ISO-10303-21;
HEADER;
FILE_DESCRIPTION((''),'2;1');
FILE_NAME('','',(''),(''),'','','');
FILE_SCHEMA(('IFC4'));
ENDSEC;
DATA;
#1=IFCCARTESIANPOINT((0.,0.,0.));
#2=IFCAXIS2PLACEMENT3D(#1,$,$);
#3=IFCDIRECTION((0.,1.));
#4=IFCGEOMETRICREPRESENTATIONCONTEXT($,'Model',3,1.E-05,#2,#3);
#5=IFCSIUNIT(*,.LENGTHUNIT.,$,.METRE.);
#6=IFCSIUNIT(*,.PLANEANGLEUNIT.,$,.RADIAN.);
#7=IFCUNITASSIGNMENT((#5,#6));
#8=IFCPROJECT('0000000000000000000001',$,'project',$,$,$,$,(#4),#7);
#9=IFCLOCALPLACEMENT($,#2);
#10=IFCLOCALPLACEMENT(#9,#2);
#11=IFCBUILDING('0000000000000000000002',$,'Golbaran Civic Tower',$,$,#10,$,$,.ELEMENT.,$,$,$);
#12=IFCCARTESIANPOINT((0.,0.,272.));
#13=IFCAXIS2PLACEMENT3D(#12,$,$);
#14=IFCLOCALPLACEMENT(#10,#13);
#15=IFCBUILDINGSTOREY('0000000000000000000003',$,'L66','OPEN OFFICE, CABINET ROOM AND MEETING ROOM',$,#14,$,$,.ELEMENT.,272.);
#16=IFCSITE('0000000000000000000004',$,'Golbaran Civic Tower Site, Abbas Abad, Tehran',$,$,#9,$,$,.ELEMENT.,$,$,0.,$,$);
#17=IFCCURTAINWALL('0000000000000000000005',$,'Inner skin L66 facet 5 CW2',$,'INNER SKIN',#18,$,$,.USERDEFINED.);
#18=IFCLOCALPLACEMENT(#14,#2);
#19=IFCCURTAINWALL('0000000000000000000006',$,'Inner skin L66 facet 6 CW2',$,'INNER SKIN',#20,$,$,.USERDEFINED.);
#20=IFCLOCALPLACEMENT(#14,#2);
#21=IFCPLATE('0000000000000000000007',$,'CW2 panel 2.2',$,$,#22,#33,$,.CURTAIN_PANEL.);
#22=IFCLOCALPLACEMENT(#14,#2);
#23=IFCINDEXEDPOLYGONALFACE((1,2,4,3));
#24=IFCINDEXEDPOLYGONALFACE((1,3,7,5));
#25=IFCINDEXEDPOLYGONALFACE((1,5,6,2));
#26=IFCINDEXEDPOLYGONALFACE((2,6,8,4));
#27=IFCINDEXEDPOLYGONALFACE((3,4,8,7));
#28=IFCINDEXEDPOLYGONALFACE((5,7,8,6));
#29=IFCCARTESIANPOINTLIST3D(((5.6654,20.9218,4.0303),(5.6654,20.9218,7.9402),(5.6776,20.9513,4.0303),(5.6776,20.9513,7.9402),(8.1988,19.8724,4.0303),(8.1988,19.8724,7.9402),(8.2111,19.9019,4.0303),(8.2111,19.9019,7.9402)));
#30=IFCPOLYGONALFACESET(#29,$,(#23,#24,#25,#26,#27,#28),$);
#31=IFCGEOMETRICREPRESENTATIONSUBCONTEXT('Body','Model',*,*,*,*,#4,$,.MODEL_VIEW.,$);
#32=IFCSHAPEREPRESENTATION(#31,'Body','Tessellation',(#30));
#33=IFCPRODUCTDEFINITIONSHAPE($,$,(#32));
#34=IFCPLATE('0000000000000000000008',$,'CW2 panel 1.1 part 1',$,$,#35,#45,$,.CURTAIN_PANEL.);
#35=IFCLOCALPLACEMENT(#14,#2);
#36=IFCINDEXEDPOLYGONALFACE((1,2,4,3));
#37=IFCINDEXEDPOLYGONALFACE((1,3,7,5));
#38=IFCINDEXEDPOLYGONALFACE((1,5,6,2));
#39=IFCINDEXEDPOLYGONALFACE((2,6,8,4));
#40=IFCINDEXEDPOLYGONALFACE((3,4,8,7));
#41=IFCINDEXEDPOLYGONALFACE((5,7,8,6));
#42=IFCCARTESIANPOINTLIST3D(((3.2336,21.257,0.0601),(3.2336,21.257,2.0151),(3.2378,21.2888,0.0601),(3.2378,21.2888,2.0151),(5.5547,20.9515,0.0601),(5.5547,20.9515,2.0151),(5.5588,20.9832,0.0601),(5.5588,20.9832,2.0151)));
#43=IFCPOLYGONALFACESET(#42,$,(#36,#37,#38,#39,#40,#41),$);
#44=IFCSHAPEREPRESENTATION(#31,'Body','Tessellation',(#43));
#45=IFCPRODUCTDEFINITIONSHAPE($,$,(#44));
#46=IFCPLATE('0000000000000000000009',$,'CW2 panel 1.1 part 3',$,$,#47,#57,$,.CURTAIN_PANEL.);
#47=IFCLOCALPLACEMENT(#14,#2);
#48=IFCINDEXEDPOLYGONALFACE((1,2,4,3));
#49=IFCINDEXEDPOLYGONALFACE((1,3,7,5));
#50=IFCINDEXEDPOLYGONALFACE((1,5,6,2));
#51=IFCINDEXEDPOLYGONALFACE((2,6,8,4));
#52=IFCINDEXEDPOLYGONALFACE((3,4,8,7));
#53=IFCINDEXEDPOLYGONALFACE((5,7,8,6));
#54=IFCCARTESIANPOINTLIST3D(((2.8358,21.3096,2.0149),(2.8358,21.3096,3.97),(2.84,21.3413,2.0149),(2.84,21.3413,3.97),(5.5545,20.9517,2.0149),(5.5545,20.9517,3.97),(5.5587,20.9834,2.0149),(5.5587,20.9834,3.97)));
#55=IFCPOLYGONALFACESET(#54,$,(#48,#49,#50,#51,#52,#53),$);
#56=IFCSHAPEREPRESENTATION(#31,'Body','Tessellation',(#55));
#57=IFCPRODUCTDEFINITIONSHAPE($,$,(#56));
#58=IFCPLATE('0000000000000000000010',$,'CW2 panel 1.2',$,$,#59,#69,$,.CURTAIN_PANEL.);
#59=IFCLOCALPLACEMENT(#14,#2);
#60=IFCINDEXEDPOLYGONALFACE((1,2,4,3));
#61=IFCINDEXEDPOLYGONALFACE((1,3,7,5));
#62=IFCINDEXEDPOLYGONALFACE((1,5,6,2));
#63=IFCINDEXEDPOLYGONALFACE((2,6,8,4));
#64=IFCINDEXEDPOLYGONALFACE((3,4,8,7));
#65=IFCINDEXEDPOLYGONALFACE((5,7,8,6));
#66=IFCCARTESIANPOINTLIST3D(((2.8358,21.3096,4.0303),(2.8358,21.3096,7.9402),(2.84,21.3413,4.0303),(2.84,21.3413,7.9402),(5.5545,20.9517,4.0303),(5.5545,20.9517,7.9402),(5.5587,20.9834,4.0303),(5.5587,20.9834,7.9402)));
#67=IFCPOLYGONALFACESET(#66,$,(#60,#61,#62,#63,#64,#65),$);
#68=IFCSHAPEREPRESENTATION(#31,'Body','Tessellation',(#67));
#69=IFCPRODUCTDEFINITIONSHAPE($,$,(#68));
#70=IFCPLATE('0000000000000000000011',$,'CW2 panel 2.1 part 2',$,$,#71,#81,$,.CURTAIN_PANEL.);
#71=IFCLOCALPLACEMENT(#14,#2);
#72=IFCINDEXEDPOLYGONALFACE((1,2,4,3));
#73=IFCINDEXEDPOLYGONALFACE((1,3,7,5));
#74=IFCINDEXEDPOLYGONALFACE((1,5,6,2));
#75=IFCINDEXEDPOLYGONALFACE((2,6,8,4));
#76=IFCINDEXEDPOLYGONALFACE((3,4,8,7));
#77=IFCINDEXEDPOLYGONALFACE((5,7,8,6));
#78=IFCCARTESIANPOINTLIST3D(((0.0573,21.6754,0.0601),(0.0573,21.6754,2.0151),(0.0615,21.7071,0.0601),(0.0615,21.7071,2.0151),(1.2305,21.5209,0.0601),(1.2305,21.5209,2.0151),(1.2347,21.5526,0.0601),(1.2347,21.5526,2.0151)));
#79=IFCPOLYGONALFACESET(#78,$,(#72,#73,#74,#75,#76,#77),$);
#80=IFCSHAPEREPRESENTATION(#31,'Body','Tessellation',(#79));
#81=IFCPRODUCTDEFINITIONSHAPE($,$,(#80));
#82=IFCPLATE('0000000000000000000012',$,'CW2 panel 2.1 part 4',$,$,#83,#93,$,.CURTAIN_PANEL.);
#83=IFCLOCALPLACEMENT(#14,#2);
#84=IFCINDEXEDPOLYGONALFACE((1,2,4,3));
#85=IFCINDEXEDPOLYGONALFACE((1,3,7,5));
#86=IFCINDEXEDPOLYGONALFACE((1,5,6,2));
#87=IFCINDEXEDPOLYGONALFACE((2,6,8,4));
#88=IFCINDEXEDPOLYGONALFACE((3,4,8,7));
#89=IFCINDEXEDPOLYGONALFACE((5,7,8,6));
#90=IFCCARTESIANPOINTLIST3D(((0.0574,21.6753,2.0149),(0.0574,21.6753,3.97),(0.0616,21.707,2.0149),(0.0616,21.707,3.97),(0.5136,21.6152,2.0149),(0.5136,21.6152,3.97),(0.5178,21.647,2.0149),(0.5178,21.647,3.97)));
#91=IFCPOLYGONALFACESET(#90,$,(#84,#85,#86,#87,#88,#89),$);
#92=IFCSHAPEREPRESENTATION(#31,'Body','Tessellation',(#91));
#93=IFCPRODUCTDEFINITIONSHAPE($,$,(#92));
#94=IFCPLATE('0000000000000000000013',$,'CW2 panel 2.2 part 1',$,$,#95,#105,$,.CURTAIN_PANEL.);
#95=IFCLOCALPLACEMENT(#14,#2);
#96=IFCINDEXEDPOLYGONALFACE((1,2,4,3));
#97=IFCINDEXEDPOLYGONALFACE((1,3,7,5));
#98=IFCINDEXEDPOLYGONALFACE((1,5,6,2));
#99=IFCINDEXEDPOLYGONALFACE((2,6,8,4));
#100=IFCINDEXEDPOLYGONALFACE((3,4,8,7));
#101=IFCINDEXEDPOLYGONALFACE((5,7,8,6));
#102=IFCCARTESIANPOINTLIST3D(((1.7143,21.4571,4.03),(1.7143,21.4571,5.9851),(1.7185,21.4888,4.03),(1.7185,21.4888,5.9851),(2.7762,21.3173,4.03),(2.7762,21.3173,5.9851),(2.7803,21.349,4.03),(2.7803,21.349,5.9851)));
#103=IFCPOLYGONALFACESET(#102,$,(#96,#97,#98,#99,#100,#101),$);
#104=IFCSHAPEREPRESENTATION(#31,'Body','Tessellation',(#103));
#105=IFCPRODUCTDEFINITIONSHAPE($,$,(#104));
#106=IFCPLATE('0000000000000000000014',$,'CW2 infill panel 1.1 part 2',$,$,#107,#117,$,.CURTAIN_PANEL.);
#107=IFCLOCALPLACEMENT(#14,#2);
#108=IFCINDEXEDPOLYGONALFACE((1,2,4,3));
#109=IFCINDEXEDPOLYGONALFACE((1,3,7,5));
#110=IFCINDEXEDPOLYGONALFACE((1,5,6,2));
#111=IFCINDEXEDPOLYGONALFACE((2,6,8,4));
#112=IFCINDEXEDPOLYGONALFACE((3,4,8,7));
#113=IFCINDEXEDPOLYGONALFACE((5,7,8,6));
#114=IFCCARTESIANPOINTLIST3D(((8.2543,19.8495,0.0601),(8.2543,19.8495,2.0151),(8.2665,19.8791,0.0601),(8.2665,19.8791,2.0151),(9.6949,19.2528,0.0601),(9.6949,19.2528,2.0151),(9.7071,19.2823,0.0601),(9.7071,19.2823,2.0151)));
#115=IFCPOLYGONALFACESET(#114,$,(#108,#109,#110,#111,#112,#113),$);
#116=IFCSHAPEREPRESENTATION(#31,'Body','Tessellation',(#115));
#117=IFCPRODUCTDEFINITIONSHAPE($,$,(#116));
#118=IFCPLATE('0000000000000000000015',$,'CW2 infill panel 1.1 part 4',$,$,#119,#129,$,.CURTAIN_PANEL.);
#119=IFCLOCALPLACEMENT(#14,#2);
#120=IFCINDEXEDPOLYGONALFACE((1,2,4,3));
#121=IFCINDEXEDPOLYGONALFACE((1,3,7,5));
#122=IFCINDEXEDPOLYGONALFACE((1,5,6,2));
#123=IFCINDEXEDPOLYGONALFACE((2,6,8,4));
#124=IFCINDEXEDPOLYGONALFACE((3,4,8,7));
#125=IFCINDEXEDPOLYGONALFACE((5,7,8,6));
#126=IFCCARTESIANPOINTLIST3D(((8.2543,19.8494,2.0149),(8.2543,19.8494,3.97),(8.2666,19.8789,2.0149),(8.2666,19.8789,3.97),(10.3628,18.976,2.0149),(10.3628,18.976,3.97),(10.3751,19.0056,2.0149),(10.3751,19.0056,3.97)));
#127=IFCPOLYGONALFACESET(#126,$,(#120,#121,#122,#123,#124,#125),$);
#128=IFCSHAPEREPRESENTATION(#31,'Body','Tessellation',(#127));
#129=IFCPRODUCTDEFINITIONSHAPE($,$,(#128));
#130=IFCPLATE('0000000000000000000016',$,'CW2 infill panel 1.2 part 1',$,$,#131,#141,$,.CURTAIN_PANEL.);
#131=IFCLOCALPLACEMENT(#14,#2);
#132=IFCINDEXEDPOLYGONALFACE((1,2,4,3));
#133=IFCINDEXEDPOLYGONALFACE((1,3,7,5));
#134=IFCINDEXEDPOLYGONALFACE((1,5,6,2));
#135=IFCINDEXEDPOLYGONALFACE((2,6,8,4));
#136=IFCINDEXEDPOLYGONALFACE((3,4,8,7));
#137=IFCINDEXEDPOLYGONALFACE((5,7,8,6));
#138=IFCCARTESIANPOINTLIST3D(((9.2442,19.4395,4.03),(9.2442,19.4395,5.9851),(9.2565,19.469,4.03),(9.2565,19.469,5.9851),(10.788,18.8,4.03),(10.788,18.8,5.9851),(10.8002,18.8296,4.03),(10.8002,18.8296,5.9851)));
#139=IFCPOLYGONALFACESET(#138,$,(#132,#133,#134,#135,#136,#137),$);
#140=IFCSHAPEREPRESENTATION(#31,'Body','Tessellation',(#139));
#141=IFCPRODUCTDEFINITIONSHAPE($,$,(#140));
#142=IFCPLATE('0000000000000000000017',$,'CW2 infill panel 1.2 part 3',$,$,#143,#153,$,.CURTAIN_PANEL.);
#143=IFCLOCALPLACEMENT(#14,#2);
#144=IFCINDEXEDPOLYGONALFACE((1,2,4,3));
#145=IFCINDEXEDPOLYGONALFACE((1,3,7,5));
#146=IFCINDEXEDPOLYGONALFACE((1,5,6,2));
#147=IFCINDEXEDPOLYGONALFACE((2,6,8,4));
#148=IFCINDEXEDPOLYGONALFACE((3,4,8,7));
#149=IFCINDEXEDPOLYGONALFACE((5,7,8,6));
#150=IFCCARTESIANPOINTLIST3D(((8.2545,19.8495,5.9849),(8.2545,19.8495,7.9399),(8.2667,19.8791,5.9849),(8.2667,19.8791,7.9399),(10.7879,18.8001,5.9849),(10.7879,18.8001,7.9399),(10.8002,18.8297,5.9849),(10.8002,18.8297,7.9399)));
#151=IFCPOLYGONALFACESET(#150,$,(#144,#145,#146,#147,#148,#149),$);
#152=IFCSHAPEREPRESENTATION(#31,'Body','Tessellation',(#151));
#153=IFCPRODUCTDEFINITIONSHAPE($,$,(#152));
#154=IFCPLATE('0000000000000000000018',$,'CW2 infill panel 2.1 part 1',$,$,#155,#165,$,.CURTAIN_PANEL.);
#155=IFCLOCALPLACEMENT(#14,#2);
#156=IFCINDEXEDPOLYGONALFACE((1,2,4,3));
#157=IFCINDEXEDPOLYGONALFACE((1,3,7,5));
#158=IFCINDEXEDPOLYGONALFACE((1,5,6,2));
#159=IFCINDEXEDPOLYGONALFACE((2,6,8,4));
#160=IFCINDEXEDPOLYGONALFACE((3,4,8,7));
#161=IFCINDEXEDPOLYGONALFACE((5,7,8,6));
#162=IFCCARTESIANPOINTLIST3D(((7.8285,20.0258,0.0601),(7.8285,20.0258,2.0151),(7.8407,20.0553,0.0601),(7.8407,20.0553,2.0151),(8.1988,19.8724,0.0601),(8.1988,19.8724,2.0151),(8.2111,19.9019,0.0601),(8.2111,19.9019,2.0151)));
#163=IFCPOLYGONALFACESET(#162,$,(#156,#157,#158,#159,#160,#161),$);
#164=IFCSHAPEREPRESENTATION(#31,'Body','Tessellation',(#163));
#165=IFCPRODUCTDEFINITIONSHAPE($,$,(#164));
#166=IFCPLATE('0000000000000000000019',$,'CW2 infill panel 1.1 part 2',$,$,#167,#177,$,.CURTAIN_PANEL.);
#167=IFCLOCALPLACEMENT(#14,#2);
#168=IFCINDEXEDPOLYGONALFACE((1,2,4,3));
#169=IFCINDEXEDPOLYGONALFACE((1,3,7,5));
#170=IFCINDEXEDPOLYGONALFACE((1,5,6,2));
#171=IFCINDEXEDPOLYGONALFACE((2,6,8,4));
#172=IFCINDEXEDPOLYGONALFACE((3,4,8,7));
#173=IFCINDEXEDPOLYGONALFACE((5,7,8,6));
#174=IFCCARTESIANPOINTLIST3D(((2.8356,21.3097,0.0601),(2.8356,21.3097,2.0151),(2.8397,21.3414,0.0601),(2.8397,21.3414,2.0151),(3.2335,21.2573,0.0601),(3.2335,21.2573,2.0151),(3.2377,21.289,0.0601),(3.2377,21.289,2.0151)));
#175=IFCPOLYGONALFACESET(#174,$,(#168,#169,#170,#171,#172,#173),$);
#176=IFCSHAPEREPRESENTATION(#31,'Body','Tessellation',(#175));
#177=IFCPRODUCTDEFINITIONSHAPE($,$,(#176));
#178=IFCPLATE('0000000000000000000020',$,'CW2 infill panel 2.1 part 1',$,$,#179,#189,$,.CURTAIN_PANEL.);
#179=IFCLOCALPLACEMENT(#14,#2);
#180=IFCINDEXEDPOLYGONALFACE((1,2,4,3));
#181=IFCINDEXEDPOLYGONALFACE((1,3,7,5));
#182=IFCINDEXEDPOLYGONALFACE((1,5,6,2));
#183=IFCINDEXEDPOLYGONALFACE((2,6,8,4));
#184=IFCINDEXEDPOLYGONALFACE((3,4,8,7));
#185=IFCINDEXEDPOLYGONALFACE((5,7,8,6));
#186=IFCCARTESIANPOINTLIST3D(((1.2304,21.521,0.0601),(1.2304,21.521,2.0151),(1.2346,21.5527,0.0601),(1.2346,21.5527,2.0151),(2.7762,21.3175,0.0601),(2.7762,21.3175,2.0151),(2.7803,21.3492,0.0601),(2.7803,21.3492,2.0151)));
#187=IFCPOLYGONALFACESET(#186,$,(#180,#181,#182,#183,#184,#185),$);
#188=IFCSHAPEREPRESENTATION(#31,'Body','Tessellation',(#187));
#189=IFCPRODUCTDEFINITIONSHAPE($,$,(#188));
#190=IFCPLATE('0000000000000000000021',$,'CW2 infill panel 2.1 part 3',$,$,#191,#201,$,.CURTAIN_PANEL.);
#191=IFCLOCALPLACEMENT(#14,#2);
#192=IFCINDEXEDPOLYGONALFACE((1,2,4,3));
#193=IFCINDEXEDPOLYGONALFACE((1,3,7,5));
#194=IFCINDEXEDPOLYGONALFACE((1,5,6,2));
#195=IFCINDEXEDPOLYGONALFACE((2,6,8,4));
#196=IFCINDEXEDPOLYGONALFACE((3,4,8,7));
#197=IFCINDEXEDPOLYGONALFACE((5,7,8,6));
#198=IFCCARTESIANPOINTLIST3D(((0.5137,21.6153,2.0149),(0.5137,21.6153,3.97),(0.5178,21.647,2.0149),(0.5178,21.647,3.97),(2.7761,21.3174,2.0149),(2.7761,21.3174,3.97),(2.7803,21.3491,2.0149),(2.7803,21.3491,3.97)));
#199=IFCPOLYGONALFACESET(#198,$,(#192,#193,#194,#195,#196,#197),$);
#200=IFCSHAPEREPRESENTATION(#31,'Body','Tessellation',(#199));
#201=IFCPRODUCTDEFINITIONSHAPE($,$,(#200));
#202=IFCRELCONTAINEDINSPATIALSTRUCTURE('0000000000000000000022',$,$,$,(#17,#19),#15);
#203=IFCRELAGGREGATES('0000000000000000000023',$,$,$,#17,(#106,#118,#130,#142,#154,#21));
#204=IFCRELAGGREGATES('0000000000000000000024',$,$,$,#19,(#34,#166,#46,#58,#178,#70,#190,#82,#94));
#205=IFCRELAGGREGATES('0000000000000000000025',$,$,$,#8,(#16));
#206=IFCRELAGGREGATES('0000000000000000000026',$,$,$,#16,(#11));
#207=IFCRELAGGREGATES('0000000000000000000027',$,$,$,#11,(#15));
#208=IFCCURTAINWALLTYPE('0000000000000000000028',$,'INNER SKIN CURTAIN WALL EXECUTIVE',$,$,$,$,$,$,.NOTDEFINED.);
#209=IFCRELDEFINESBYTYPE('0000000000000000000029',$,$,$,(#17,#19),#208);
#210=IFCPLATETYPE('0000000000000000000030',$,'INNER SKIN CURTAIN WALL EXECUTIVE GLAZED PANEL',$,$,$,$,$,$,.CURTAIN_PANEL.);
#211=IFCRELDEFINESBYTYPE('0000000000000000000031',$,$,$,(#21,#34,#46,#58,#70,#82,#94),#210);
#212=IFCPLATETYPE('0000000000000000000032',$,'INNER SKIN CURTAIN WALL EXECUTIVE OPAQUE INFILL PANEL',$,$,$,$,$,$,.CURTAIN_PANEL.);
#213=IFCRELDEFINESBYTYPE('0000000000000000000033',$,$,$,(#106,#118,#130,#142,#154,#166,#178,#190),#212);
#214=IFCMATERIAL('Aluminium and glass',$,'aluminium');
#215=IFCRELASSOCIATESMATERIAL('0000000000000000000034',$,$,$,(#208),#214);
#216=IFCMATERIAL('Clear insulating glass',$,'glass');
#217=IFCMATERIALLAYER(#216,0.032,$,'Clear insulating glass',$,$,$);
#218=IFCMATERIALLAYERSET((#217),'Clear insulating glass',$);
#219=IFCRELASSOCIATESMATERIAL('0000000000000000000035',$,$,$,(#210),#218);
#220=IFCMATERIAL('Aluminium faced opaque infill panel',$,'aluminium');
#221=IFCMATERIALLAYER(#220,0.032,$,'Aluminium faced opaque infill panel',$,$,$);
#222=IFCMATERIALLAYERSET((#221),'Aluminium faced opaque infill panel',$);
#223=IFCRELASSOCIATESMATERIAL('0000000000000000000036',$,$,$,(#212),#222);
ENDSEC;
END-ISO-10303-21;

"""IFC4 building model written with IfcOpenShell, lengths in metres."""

from ifc_helpers import new_model, si_unit, direction, frame, origin, origin_2d, place, context, subcontext, project, spatial, rectangle, extrude, material, layer, layer_set, type_object, element, aggregate, save


model = new_model("IFC4")

# Units and contexts
model_context = context("Model", 3, precision=1e-05, world=origin(), true_north=direction((0.0, 1.0)))
body_context = subcontext(model_context, "Body", "Model", "MODEL_VIEW")
ifc_project = project(units=[si_unit("LENGTHUNIT", "METRE"), si_unit("PLANEANGLEUNIT", "RADIAN")], contexts=[model_context])

# Site, building, storey
site_placement = place(None, origin())
site = spatial("IfcSite", under=ifc_project, at=site_placement, Name="Golbaran Civic Tower Site, Abbas Abad, Tehran", CompositionType="ELEMENT", RefElevation=0.0)
building_placement = place(site_placement, origin())
building = spatial("IfcBuilding", under=site, at=building_placement, Name="Golbaran Civic Tower", CompositionType="ELEMENT")
storey_placement = place(building_placement, frame((0.0, 0.0, 272.0)))
storey = spatial("IfcBuildingStorey", under=building, at=storey_placement, Name="L66", Description="OPEN OFFICE, CABINET ROOM AND MEETING ROOM", CompositionType="ELEMENT", Elevation=272.0)

# Curtain walls
ifc_material_1 = material(Name="Aluminium and glass", Category="aluminium")
curtain_wall_type = type_object("IfcCurtainWallType", Name="INNER SKIN CURTAIN WALL EXECUTIVE", PredefinedType="NOTDEFINED", material=ifc_material_1)
curtain_wall_1_placement = place(storey_placement, origin())
curtain_wall_1 = element("IfcCurtainWall", 1, at=curtain_wall_1_placement, inside=storey, type_object=curtain_wall_type, Name="Inner skin L66 facet 5 CW2", ObjectType="INNER SKIN", PredefinedType="USERDEFINED")
curtain_wall_2_placement = place(storey_placement, origin())
curtain_wall_2 = element("IfcCurtainWall", 2, at=curtain_wall_2_placement, inside=storey, type_object=curtain_wall_type, Name="Inner skin L66 facet 6 CW2", ObjectType="INNER SKIN", PredefinedType="USERDEFINED")

# Plates
ifc_material_2 = material(Name="Clear insulating glass", Category="glass")
ifc_layer_1 = layer(ifc_material_2, 0.032, Name="Clear insulating glass")
ifc_layer_set_1 = layer_set([ifc_layer_1], Name="Clear insulating glass")
plate_type_1 = type_object("IfcPlateType", Name="INNER SKIN CURTAIN WALL EXECUTIVE GLAZED PANEL", PredefinedType="CURTAIN_PANEL", material=ifc_layer_set_1)
plate_1_placement = place(storey_placement, frame((6.9382, 20.4119, 4.0303), z_axis=(0.0, 0.0, 1.0), x_axis=(-0.92388, 0.382683, 0.0)))
plate_1 = element("IfcPlate", 3, at=plate_1_placement, type_object=plate_type_1, Name="CW2 panel 2.2", PredefinedType="CURTAIN_PANEL", context=body_context, shape_type="SweptSolid", body=[
    extrude(rectangle(XDim=2.7422, YDim=0.032, at=origin_2d()), origin(), (0.0, 0.0, 1.0), 3.9099),
])
plate_2_placement = place(storey_placement, frame((4.3962, 21.1201, 0.0601), z_axis=(0.0, 0.0, 1.0), x_axis=(-0.991445, 0.130526, 0.0)))
plate_2 = element("IfcPlate", 4, at=plate_2_placement, type_object=plate_type_1, Name="CW2 panel 1.1 part 1", PredefinedType="CURTAIN_PANEL", context=body_context, shape_type="SweptSolid", body=[
    extrude(rectangle(XDim=2.3411, YDim=0.032, at=origin_2d()), origin(), (0.0, 0.0, 1.0), 1.9551),
])
plate_3_placement = place(storey_placement, frame((4.1973, 21.1465, 2.0149), z_axis=(0.0, 0.0, 1.0), x_axis=(-0.991445, 0.130526, 0.0)))
plate_3 = element("IfcPlate", 5, at=plate_3_placement, type_object=plate_type_1, Name="CW2 panel 1.1 part 3", PredefinedType="CURTAIN_PANEL", context=body_context, shape_type="SweptSolid", body=[
    extrude(rectangle(XDim=2.7422, YDim=0.032, at=origin_2d()), origin(), (0.0, 0.0, 1.0), 1.9551),
])
plate_4_placement = place(storey_placement, frame((4.1973, 21.1465, 4.0303), z_axis=(0.0, 0.0, 1.0), x_axis=(-0.991445, 0.130526, 0.0)))
plate_4 = element("IfcPlate", 6, at=plate_4_placement, type_object=plate_type_1, Name="CW2 panel 1.2", PredefinedType="CURTAIN_PANEL", context=body_context, shape_type="SweptSolid", body=[
    extrude(rectangle(XDim=2.7422, YDim=0.032, at=origin_2d()), origin(), (0.0, 0.0, 1.0), 3.9099),
])
plate_5_placement = place(storey_placement, frame((0.646, 21.614, 0.0601), z_axis=(0.0, 0.0, 1.0), x_axis=(-0.991445, 0.130526, 0.0)))
plate_5 = element("IfcPlate", 7, at=plate_5_placement, type_object=plate_type_1, Name="CW2 panel 2.1 part 2", PredefinedType="CURTAIN_PANEL", context=body_context, shape_type="SweptSolid", body=[
    extrude(rectangle(XDim=1.1833, YDim=0.032, at=origin_2d()), origin(), (0.0, 0.0, 1.0), 1.9551),
])
plate_6_placement = place(storey_placement, frame((0.2876, 21.6611, 2.0149), z_axis=(0.0, 0.0, 1.0), x_axis=(-0.991445, 0.130526, 0.0)))
plate_6 = element("IfcPlate", 8, at=plate_6_placement, type_object=plate_type_1, Name="CW2 panel 2.1 part 4", PredefinedType="CURTAIN_PANEL", context=body_context, shape_type="SweptSolid", body=[
    extrude(rectangle(XDim=0.4602, YDim=0.032, at=origin_2d()), origin(), (0.0, 0.0, 1.0), 1.9551),
])
plate_7_placement = place(storey_placement, frame((2.2473, 21.4031, 4.03), z_axis=(0.0, 0.0, 1.0), x_axis=(-0.991445, 0.130526, 0.0)))
plate_7 = element("IfcPlate", 9, at=plate_7_placement, type_object=plate_type_1, Name="CW2 panel 2.2 part 1", PredefinedType="CURTAIN_PANEL", context=body_context, shape_type="SweptSolid", body=[
    extrude(rectangle(XDim=1.071, YDim=0.032, at=origin_2d()), origin(), (0.0, 0.0, 1.0), 1.9551),
])
ifc_material_3 = material(Name="Aluminium faced opaque infill panel", Category="aluminium")
ifc_layer_2 = layer(ifc_material_3, 0.032, Name="Aluminium faced opaque infill panel")
ifc_layer_set_2 = layer_set([ifc_layer_2], Name="Aluminium faced opaque infill panel")
plate_type_2 = type_object("IfcPlateType", Name="INNER SKIN CURTAIN WALL EXECUTIVE OPAQUE INFILL PANEL", PredefinedType="CURTAIN_PANEL", material=ifc_layer_set_2)
plate_8_placement = place(storey_placement, frame((8.9807, 19.5659, 0.0601), z_axis=(0.0, 0.0, 1.0), x_axis=(-0.92388, 0.382683, 0.0)))
plate_8 = element("IfcPlate", 10, at=plate_8_placement, type_object=plate_type_2, Name="CW2 infill panel 1.1 part 2", PredefinedType="CURTAIN_PANEL", context=body_context, shape_type="SweptSolid", body=[
    extrude(rectangle(XDim=1.5593, YDim=0.032, at=origin_2d()), origin(), (0.0, 0.0, 1.0), 1.9551),
])
plate_9_placement = place(storey_placement, frame((9.3147, 19.4275, 2.0149), z_axis=(0.0, 0.0, 1.0), x_axis=(-0.92388, 0.382683, 0.0)))
plate_9 = element("IfcPlate", 11, at=plate_9_placement, type_object=plate_type_2, Name="CW2 infill panel 1.1 part 4", PredefinedType="CURTAIN_PANEL", context=body_context, shape_type="SweptSolid", body=[
    extrude(rectangle(XDim=2.2822, YDim=0.032, at=origin_2d()), origin(), (0.0, 0.0, 1.0), 1.9551),
])
plate_10_placement = place(storey_placement, frame((10.0222, 19.1345, 4.03), z_axis=(0.0, 0.0, 1.0), x_axis=(-0.92388, 0.382683, 0.0)))
plate_10 = element("IfcPlate", 12, at=plate_10_placement, type_object=plate_type_2, Name="CW2 infill panel 1.2 part 1", PredefinedType="CURTAIN_PANEL", context=body_context, shape_type="SweptSolid", body=[
    extrude(rectangle(XDim=1.6709, YDim=0.032, at=origin_2d()), origin(), (0.0, 0.0, 1.0), 1.9551),
])
plate_11_placement = place(storey_placement, frame((9.5273, 19.3396, 5.9849), z_axis=(0.0, 0.0, 1.0), x_axis=(-0.92388, 0.382683, 0.0)))
plate_11 = element("IfcPlate", 13, at=plate_11_placement, type_object=plate_type_2, Name="CW2 infill panel 1.2 part 3", PredefinedType="CURTAIN_PANEL", context=body_context, shape_type="SweptSolid", body=[
    extrude(rectangle(XDim=2.7422, YDim=0.032, at=origin_2d()), origin(), (0.0, 0.0, 1.0), 1.9551),
])
plate_12_placement = place(storey_placement, frame((8.0198, 19.9639, 0.0601), z_axis=(0.0, 0.0, 1.0), x_axis=(-0.92388, 0.382683, 0.0)))
plate_12 = element("IfcPlate", 14, at=plate_12_placement, type_object=plate_type_2, Name="CW2 infill panel 2.1 part 1", PredefinedType="CURTAIN_PANEL", context=body_context, shape_type="SweptSolid", body=[
    extrude(rectangle(XDim=0.4009, YDim=0.032, at=origin_2d()), origin(), (0.0, 0.0, 1.0), 1.9551),
])
aggregate(curtain_wall_1, [plate_8, plate_9, plate_10, plate_11, plate_12, plate_1])
plate_13_placement = place(storey_placement, frame((3.0366, 21.2993, 0.0601), z_axis=(0.0, 0.0, 1.0), x_axis=(-0.991445, 0.130526, 0.0)))
plate_13 = element("IfcPlate", 15, at=plate_13_placement, type_object=plate_type_2, Name="CW2 infill panel 1.1 part 2", PredefinedType="CURTAIN_PANEL", context=body_context, shape_type="SweptSolid", body=[
    extrude(rectangle(XDim=0.4014, YDim=0.032, at=origin_2d()), origin(), (0.0, 0.0, 1.0), 1.9551),
])
plate_14_placement = place(storey_placement, frame((2.0054, 21.4351, 0.0601), z_axis=(0.0, 0.0, 1.0), x_axis=(-0.991445, 0.130526, 0.0)))
plate_14 = element("IfcPlate", 16, at=plate_14_placement, type_object=plate_type_2, Name="CW2 infill panel 2.1 part 1", PredefinedType="CURTAIN_PANEL", context=body_context, shape_type="SweptSolid", body=[
    extrude(rectangle(XDim=1.5591, YDim=0.032, at=origin_2d()), origin(), (0.0, 0.0, 1.0), 1.9551),
])
plate_15_placement = place(storey_placement, frame((1.647, 21.4822, 2.0149), z_axis=(0.0, 0.0, 1.0), x_axis=(-0.991445, 0.130526, 0.0)))
plate_15 = element("IfcPlate", 17, at=plate_15_placement, type_object=plate_type_2, Name="CW2 infill panel 2.1 part 3", PredefinedType="CURTAIN_PANEL", context=body_context, shape_type="SweptSolid", body=[
    extrude(rectangle(XDim=2.282, YDim=0.032, at=origin_2d()), origin(), (0.0, 0.0, 1.0), 1.9551),
])
aggregate(curtain_wall_2, [plate_2, plate_13, plate_3, plate_4, plate_14, plate_5, plate_15, plate_6, plate_7])

save(model, "model.ifc")
